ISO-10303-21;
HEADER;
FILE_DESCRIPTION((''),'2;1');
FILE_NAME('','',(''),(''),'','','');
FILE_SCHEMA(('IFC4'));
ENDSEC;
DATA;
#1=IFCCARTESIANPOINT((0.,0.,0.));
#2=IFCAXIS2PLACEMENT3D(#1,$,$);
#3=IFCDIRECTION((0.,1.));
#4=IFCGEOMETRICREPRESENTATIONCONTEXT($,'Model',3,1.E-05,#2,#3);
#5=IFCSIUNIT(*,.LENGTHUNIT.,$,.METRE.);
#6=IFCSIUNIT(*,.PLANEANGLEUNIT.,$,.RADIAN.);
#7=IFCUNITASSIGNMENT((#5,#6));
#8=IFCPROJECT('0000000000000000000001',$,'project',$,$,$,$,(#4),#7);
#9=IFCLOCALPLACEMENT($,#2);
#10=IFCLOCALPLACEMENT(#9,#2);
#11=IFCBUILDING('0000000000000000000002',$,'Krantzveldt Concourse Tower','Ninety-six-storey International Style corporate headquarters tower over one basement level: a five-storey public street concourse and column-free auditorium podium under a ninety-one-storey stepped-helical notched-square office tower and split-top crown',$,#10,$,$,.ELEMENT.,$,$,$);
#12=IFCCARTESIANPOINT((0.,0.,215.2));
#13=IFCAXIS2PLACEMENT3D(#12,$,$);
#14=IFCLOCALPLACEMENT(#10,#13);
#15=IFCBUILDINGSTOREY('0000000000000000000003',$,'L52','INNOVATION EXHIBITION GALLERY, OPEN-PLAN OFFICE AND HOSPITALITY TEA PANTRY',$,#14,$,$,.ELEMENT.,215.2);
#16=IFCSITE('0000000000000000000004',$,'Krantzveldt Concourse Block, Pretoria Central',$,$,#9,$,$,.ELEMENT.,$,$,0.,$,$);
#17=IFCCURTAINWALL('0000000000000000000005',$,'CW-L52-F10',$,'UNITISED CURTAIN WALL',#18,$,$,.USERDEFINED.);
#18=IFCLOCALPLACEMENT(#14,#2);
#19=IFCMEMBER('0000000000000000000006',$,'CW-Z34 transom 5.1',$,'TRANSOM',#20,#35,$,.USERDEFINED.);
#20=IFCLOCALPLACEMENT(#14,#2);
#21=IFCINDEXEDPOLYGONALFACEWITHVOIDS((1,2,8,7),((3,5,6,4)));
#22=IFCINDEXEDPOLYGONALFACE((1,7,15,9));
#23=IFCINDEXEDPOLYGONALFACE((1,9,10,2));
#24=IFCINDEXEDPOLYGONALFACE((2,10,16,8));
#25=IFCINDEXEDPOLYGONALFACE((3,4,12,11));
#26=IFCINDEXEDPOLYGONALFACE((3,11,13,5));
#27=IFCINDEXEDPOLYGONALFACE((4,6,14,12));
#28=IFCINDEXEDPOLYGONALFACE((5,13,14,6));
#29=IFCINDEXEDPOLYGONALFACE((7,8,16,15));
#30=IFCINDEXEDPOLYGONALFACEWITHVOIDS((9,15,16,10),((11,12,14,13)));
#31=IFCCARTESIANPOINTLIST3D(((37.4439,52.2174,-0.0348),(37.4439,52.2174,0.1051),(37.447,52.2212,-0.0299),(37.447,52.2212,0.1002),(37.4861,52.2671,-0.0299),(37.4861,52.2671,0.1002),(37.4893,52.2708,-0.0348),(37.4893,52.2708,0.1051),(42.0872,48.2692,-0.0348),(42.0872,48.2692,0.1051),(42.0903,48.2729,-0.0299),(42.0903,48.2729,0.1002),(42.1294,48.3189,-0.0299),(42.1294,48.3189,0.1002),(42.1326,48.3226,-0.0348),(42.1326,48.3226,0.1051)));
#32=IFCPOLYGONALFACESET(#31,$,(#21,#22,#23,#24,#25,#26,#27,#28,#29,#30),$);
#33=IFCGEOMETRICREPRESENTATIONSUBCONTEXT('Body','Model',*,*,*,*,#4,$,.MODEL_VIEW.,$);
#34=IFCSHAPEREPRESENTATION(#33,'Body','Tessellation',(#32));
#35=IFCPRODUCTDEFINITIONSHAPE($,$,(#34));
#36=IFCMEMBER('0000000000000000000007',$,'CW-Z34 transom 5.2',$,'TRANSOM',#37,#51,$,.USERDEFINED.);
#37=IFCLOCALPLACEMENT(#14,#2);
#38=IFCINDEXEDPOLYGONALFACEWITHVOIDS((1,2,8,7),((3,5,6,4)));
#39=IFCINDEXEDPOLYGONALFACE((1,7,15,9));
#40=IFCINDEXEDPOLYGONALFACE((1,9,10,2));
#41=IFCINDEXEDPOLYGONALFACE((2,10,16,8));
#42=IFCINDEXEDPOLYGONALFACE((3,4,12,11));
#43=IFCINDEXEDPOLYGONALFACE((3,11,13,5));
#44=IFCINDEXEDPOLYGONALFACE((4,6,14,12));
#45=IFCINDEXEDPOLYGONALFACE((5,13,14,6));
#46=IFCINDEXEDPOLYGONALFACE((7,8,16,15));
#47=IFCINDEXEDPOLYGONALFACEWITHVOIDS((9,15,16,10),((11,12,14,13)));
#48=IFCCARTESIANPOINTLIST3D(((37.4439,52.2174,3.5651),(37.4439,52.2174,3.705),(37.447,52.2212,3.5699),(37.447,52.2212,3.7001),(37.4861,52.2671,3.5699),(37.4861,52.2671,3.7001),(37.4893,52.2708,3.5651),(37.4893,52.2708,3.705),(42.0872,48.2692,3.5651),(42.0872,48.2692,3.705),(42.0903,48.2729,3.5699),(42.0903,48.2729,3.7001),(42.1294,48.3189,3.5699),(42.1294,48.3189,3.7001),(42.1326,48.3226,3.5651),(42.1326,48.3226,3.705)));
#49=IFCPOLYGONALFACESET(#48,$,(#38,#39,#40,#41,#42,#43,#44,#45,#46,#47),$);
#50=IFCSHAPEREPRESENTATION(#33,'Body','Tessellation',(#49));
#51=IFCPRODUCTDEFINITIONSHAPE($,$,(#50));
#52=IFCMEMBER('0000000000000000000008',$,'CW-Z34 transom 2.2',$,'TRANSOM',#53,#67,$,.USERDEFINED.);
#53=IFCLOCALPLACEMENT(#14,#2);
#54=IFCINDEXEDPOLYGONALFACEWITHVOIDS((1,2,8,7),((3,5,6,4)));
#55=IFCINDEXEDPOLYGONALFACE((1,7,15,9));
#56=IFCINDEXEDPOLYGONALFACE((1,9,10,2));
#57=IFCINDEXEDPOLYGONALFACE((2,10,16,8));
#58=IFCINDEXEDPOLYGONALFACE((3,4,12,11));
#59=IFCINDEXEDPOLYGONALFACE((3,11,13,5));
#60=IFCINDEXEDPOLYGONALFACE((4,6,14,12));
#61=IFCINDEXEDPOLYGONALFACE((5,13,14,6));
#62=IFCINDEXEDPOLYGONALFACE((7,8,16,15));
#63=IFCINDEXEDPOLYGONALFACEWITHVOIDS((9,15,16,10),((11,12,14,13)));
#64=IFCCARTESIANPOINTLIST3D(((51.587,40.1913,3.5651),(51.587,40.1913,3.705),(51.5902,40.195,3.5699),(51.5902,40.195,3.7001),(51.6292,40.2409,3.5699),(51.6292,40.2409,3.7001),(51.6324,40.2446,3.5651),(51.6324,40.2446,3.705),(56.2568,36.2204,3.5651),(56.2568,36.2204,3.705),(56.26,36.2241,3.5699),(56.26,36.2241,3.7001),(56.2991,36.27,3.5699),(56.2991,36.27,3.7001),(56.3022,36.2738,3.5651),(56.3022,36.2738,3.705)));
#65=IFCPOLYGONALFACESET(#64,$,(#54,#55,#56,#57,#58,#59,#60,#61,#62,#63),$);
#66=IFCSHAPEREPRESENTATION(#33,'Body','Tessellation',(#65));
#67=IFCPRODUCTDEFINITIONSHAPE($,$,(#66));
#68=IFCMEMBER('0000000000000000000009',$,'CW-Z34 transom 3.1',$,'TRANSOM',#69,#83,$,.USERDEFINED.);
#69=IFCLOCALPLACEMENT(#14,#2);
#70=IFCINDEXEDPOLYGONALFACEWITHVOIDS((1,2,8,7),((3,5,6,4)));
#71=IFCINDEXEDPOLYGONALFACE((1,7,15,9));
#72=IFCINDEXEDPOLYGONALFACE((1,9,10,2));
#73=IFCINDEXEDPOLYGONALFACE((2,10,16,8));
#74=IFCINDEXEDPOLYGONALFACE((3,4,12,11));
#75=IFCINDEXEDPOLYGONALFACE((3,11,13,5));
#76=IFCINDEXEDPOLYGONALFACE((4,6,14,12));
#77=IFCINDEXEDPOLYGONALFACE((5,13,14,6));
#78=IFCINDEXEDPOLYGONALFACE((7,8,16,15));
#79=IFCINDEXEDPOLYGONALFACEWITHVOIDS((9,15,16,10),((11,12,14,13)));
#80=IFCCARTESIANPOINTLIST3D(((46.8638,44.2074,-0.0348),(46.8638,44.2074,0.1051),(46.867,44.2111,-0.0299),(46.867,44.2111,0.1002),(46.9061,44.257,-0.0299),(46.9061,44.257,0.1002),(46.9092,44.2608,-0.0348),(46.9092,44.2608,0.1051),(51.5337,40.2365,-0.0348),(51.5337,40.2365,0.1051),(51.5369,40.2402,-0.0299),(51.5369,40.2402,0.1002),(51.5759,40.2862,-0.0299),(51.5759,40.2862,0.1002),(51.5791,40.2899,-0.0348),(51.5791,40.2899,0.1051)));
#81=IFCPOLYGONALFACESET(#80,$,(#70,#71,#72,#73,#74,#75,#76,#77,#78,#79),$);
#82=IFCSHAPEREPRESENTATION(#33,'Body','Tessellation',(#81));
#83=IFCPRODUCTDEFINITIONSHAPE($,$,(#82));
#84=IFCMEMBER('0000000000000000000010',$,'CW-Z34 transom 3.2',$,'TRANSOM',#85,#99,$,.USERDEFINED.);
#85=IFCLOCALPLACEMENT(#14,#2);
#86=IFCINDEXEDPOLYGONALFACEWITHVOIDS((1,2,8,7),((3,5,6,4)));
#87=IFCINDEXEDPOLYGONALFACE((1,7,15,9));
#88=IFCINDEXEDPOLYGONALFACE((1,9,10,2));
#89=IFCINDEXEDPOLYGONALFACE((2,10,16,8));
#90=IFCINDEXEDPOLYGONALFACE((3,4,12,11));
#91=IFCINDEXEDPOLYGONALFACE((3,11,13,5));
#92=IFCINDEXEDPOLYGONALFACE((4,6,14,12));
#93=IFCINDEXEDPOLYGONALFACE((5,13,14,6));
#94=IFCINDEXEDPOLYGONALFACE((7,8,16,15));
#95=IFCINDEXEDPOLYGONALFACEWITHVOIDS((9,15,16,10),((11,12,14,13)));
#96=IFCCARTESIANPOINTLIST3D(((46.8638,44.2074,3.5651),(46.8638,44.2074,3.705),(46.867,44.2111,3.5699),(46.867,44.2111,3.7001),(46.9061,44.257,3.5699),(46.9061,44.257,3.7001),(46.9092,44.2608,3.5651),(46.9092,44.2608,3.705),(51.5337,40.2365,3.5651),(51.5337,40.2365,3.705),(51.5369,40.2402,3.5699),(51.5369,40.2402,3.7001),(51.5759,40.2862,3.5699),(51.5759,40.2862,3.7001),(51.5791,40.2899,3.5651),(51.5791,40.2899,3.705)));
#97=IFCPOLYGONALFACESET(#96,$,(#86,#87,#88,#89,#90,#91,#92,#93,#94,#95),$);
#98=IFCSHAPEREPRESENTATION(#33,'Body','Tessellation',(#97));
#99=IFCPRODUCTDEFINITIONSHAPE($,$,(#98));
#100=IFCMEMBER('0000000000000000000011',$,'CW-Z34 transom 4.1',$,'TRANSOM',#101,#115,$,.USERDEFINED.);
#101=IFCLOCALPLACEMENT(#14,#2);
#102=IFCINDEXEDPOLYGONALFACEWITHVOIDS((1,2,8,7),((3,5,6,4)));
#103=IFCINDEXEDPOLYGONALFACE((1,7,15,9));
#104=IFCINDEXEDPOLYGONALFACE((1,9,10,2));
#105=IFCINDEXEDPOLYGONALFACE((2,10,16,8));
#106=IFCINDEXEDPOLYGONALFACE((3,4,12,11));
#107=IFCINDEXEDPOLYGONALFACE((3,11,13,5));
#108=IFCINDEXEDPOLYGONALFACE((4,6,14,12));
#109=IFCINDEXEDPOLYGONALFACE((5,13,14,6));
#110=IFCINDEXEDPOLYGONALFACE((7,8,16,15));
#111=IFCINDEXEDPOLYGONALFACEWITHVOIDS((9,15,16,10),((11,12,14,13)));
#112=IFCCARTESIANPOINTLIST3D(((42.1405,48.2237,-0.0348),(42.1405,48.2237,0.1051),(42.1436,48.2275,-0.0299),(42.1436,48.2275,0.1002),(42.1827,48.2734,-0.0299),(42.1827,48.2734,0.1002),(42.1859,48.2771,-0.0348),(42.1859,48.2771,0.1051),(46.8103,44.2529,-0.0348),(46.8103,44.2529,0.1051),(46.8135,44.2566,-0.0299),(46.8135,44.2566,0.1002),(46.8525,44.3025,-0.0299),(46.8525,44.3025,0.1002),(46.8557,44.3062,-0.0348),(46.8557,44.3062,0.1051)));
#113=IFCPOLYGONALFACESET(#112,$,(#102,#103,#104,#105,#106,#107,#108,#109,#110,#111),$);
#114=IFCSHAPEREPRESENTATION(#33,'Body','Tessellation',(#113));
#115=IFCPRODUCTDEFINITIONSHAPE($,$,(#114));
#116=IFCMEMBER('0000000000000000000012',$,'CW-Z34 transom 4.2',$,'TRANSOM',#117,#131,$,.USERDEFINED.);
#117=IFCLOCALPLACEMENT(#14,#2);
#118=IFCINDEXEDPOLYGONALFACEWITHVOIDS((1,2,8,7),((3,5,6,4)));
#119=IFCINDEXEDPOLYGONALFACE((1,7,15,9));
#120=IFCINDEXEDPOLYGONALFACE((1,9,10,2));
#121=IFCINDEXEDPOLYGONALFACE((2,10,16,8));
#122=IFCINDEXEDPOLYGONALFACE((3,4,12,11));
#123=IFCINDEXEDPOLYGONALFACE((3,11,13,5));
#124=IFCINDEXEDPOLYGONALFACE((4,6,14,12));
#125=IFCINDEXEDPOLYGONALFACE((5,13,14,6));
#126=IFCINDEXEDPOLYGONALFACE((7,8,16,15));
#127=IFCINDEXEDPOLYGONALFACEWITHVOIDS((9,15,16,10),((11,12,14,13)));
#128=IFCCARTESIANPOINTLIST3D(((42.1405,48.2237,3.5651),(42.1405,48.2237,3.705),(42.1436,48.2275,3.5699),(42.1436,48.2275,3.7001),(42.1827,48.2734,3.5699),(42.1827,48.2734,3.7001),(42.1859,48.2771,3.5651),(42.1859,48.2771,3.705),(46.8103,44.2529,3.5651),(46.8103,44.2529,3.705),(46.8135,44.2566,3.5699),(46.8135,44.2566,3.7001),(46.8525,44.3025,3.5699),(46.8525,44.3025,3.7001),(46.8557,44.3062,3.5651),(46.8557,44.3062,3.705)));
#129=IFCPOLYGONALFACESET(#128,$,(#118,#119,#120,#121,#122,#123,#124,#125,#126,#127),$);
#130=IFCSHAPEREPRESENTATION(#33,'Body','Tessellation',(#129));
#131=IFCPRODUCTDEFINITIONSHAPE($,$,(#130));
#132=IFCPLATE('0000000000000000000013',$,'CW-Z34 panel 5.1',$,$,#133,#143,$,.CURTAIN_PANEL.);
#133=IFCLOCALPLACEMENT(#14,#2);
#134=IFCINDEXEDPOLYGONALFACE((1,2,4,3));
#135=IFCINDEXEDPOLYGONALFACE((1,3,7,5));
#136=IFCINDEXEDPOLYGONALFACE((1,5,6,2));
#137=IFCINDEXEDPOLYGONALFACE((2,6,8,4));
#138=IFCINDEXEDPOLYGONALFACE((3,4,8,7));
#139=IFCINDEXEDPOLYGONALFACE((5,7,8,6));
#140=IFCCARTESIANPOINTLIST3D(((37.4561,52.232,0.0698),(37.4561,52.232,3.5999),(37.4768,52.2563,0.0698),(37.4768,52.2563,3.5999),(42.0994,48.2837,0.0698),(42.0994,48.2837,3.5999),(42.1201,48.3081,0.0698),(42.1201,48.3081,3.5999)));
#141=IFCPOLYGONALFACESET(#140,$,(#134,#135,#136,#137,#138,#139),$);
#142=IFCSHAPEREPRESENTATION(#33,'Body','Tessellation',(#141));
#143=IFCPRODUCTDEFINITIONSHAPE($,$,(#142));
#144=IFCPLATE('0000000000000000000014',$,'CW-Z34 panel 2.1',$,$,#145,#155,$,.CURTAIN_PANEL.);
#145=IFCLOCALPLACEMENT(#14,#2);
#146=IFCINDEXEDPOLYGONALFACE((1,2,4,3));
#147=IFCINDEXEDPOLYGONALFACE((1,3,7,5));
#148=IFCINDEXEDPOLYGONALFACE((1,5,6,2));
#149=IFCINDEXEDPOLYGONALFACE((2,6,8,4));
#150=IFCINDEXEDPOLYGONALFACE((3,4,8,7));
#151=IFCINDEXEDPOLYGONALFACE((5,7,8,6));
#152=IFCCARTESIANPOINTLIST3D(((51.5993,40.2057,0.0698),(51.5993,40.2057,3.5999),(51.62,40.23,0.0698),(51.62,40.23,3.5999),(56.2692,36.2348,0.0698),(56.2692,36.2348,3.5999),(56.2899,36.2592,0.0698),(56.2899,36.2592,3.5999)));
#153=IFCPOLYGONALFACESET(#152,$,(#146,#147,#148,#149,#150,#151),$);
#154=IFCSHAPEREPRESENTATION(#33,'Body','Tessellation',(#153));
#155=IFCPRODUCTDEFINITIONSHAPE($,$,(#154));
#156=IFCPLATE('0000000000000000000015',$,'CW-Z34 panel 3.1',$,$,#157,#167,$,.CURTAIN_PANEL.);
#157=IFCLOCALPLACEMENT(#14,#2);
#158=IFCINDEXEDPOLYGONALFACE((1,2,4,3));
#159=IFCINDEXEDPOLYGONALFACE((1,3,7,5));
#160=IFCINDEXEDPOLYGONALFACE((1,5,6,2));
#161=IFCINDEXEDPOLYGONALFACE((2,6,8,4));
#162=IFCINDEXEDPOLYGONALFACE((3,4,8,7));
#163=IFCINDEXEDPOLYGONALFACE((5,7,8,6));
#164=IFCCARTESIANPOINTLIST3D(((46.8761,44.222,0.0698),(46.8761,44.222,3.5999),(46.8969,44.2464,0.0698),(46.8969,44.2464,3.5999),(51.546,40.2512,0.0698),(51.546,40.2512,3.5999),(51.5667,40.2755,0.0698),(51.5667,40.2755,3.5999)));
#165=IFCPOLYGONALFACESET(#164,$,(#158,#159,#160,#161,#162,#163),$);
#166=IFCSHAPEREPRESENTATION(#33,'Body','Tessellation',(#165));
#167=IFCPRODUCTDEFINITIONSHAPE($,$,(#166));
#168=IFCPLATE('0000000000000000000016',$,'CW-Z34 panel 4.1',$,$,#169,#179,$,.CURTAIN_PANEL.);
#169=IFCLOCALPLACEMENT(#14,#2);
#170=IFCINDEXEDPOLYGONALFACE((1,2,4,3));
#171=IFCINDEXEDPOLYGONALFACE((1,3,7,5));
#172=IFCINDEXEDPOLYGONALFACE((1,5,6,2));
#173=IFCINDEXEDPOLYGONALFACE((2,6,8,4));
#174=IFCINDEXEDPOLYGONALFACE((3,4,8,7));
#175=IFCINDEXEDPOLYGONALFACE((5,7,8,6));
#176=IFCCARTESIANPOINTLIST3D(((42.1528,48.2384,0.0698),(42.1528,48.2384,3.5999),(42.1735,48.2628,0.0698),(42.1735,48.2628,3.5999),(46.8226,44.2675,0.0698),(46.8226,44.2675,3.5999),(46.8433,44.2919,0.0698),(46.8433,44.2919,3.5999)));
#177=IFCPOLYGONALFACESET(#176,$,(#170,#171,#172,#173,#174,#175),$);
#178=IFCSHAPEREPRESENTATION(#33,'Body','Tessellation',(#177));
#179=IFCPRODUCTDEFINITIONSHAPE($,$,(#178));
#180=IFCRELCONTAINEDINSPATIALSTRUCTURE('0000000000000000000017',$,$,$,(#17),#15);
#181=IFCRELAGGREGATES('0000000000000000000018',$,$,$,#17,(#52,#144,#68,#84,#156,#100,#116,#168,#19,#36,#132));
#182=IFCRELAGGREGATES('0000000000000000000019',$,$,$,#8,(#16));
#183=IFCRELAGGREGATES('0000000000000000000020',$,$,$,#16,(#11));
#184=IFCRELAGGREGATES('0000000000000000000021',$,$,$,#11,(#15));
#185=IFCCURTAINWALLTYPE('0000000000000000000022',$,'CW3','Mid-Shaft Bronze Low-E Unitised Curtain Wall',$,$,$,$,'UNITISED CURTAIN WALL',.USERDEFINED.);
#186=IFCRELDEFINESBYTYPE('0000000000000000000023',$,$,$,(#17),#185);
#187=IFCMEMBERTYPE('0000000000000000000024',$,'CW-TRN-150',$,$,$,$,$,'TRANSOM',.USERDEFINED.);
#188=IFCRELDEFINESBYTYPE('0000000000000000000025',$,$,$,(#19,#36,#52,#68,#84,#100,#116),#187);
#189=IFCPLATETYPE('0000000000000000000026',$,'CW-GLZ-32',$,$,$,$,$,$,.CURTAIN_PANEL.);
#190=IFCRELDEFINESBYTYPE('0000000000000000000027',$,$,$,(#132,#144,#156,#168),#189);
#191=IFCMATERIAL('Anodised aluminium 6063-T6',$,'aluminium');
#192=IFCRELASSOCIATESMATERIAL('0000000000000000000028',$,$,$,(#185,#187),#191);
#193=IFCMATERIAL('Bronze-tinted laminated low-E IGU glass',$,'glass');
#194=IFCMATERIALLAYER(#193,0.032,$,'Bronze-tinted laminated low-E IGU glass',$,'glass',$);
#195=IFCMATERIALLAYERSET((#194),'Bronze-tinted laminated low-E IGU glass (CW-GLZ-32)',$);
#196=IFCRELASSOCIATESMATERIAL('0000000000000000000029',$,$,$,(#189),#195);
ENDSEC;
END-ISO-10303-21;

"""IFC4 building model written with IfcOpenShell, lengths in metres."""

from ifc_helpers import new_model, si_unit, direction, frame, origin, origin_2d, place, context, subcontext, project, spatial, rectangle, hollow_rectangle, extrude, source, transform, mapped, material, layer, layer_set, material_profile, profile_set, type_object, type_shapes, element, aggregate, save


model = new_model("IFC4")

# Units and contexts
model_context = context("Model", 3, precision=1e-05, world=origin(), true_north=direction((0.0, 1.0)))
body_context = subcontext(model_context, "Body", "Model", "MODEL_VIEW")
ifc_project = project(units=[si_unit("LENGTHUNIT", "METRE"), si_unit("PLANEANGLEUNIT", "RADIAN")], contexts=[model_context])

# Site, building, storey
site_placement = place(None, origin())
site = spatial("IfcSite", under=ifc_project, at=site_placement, Name="Krantzveldt Concourse Block, Pretoria Central", CompositionType="ELEMENT", RefElevation=0.0)
building_placement = place(site_placement, origin())
building = spatial("IfcBuilding", under=site, at=building_placement, Name="Krantzveldt Concourse Tower", Description="Ninety-six-storey International Style corporate headquarters tower over one basement level: a five-storey public street concourse and column-free auditorium podium under a ninety-one-storey stepped-helical notched-square office tower and split-top crown", CompositionType="ELEMENT")
storey_placement = place(building_placement, frame((0.0, 0.0, 215.2)))
storey = spatial("IfcBuildingStorey", under=building, at=storey_placement, Name="L52", Description="INNOVATION EXHIBITION GALLERY, OPEN-PLAN OFFICE AND HOSPITALITY TEA PANTRY", CompositionType="ELEMENT", Elevation=215.2)

# Curtain wall, members, plates
ifc_material_1 = material(Name="Anodised aluminium 6063-T6", Category="aluminium")
curtain_wall_type = type_object("IfcCurtainWallType", Name="CW3", Description="Mid-Shaft Bronze Low-E Unitised Curtain Wall", ElementType="UNITISED CURTAIN WALL", PredefinedType="USERDEFINED", material=ifc_material_1)
curtain_wall_placement = place(storey_placement, origin())
curtain_wall = element("IfcCurtainWall", 1, at=curtain_wall_placement, inside=storey, type_object=curtain_wall_type, Name="CW-L52-F10", ObjectType="UNITISED CURTAIN WALL", PredefinedType="USERDEFINED")
ifc_material_profile_1 = material_profile(ifc_material_1, hollow_rectangle(XDim=0.0701, YDim=0.1399, WallThickness=0.0049, at=origin_2d()), Name="Anodised aluminium 6063-T6", Category="aluminium")
ifc_profile_set_1 = profile_set([ifc_material_profile_1], Name="Anodised aluminium 6063-T6 - ALU-TRAN 140x70x5")
member_type_1 = type_object("IfcMemberType", Name="CW-TRN-150", ElementType="TRANSOM", PredefinedType="USERDEFINED", material=ifc_profile_set_1)
shared_shape_1 = source(origin(), body_context, "Body", "SweptSolid", [
    extrude(hollow_rectangle(XDim=0.0701, YDim=0.1399, WallThickness=0.0049, at=origin_2d()), origin(), (0.0, 0.0, 1.0), 6.095),
])
member_1_placement = place(storey_placement, frame((42.1099, 48.2959, 0.0352), z_axis=(-0.761824, 0.647784, 0.0), x_axis=(-0.647784, -0.761824, 0.0)))
member_1 = element("IfcMember", 2, at=member_1_placement, type_object=member_type_1, Name="CW-Z34 transom 5.1", ObjectType="TRANSOM", PredefinedType="USERDEFINED", context=body_context, shape_type="MappedRepresentation", body=[
    mapped(shared_shape_1, transform((0.0, 0.0, 0.0), x_axis=(1.0, 0.0, 0.0), y_axis=(0.0, 1.0, 0.0), z_axis=(0.0, 0.0, 1.0), scale=1.0)),
])
member_2_placement = place(storey_placement, frame((42.1099, 48.2959, 3.635), z_axis=(-0.761824, 0.647784, 0.0), x_axis=(-0.647784, -0.761824, 0.0)))
member_2 = element("IfcMember", 3, at=member_2_placement, type_object=member_type_1, Name="CW-Z34 transom 5.2", ObjectType="TRANSOM", PredefinedType="USERDEFINED", context=body_context, shape_type="MappedRepresentation", body=[
    mapped(shared_shape_1, transform((0.0, 0.0, 0.0), x_axis=(1.0, 0.0, 0.0), y_axis=(0.0, 1.0, 0.0), z_axis=(0.0, 0.0, 1.0), scale=1.0)),
])
shared_shape_2 = source(origin(), body_context, "Body", "SweptSolid", [
    extrude(hollow_rectangle(XDim=0.0701, YDim=0.1399, WallThickness=0.0049, at=origin_2d()), origin(), (0.0, 0.0, 1.0), 6.1299),
])
type_shapes(member_type_1, [shared_shape_1, shared_shape_2])
member_3_placement = place(storey_placement, frame((56.2795, 36.2471, 3.635), z_axis=(-0.761817, 0.647792, 0.0), x_axis=(-0.647792, -0.761817, 0.0)))
member_3 = element("IfcMember", 4, at=member_3_placement, type_object=member_type_1, Name="CW-Z34 transom 2.2", ObjectType="TRANSOM", PredefinedType="USERDEFINED", context=body_context, shape_type="MappedRepresentation", body=[
    mapped(shared_shape_2, transform((0.0, 0.0, 0.0), x_axis=(1.0, 0.0, 0.0), y_axis=(0.0, 1.0, 0.0), z_axis=(0.0, 0.0, 1.0), scale=1.0)),
])
member_4_placement = place(storey_placement, frame((51.5564, 40.2632, 0.0352), z_axis=(-0.761817, 0.647792, 0.0), x_axis=(-0.647792, -0.761817, 0.0)))
member_4 = element("IfcMember", 5, at=member_4_placement, type_object=member_type_1, Name="CW-Z34 transom 3.1", ObjectType="TRANSOM", PredefinedType="USERDEFINED", context=body_context, shape_type="MappedRepresentation", body=[
    mapped(shared_shape_2, transform((0.0, 0.0, 0.0), x_axis=(1.0, 0.0, 0.0), y_axis=(0.0, 1.0, 0.0), z_axis=(0.0, 0.0, 1.0), scale=1.0)),
])
member_5_placement = place(storey_placement, frame((51.5564, 40.2632, 3.635), z_axis=(-0.761817, 0.647792, 0.0), x_axis=(-0.647792, -0.761817, 0.0)))
member_5 = element("IfcMember", 6, at=member_5_placement, type_object=member_type_1, Name="CW-Z34 transom 3.2", ObjectType="TRANSOM", PredefinedType="USERDEFINED", context=body_context, shape_type="MappedRepresentation", body=[
    mapped(shared_shape_2, transform((0.0, 0.0, 0.0), x_axis=(1.0, 0.0, 0.0), y_axis=(0.0, 1.0, 0.0), z_axis=(0.0, 0.0, 1.0), scale=1.0)),
])
member_6_placement = place(storey_placement, frame((46.833, 44.2795, 0.0352), z_axis=(-0.761817, 0.647792, 0.0), x_axis=(-0.647792, -0.761817, 0.0)))
member_6 = element("IfcMember", 7, at=member_6_placement, type_object=member_type_1, Name="CW-Z34 transom 4.1", ObjectType="TRANSOM", PredefinedType="USERDEFINED", context=body_context, shape_type="MappedRepresentation", body=[
    mapped(shared_shape_2, transform((0.0, 0.0, 0.0), x_axis=(1.0, 0.0, 0.0), y_axis=(0.0, 1.0, 0.0), z_axis=(0.0, 0.0, 1.0), scale=1.0)),
])
member_7_placement = place(storey_placement, frame((46.833, 44.2795, 3.635), z_axis=(-0.761817, 0.647792, 0.0), x_axis=(-0.647792, -0.761817, 0.0)))
member_7 = element("IfcMember", 8, at=member_7_placement, type_object=member_type_1, Name="CW-Z34 transom 4.2", ObjectType="TRANSOM", PredefinedType="USERDEFINED", context=body_context, shape_type="MappedRepresentation", body=[
    mapped(shared_shape_2, transform((0.0, 0.0, 0.0), x_axis=(1.0, 0.0, 0.0), y_axis=(0.0, 1.0, 0.0), z_axis=(0.0, 0.0, 1.0), scale=1.0)),
])
ifc_material_2 = material(Name="Bronze-tinted laminated low-E IGU glass", Category="glass")
ifc_layer_1 = layer(ifc_material_2, 0.032, Name="Bronze-tinted laminated low-E IGU glass", Category="glass")
ifc_layer_set_1 = layer_set([ifc_layer_1], Name="Bronze-tinted laminated low-E IGU glass (CW-GLZ-32)")
plate_type = type_object("IfcPlateType", Name="CW-GLZ-32", PredefinedType="CURTAIN_PANEL", material=ifc_layer_set_1)
shared_shape_3 = source(origin(), body_context, "Body", "SweptSolid", [
    extrude(rectangle(XDim=6.095, YDim=0.032, at=origin_2d()), origin(), (0.0, 0.0, 1.0), 3.53),
])
plate_1_placement = place(storey_placement, frame((39.7881, 50.27, 0.0698), z_axis=(0.0, 0.0, 1.0), x_axis=(-0.761821, 0.647788, 0.0)))
plate_1 = element("IfcPlate", 9, at=plate_1_placement, type_object=plate_type, Name="CW-Z34 panel 5.1", PredefinedType="CURTAIN_PANEL", context=body_context, shape_type="MappedRepresentation", body=[
    mapped(shared_shape_3, transform((0.0, 0.0, 0.0), x_axis=(1.0, 0.0, 0.0), y_axis=(0.0, 1.0, 0.0), z_axis=(0.0, 0.0, 1.0), scale=1.0)),
])
shared_shape_4 = source(origin(), body_context, "Body", "SweptSolid", [
    extrude(rectangle(XDim=6.1299, YDim=0.032, at=origin_2d()), origin(), (0.0, 0.0, 1.0), 3.53),
])
type_shapes(plate_type, [shared_shape_3, shared_shape_4])
plate_2_placement = place(storey_placement, frame((53.9446, 38.2324, 0.0698), z_axis=(0.0, 0.0, 1.0), x_axis=(-0.761821, 0.647788, 0.0)))
plate_2 = element("IfcPlate", 10, at=plate_2_placement, type_object=plate_type, Name="CW-Z34 panel 2.1", PredefinedType="CURTAIN_PANEL", context=body_context, shape_type="MappedRepresentation", body=[
    mapped(shared_shape_4, transform((0.0, 0.0, 0.0), x_axis=(1.0, 0.0, 0.0), y_axis=(0.0, 1.0, 0.0), z_axis=(0.0, 0.0, 1.0), scale=1.0)),
])
plate_3_placement = place(storey_placement, frame((49.2214, 42.2488, 0.0698), z_axis=(0.0, 0.0, 1.0), x_axis=(-0.761821, 0.647788, 0.0)))
plate_3 = element("IfcPlate", 11, at=plate_3_placement, type_object=plate_type, Name="CW-Z34 panel 3.1", PredefinedType="CURTAIN_PANEL", context=body_context, shape_type="MappedRepresentation", body=[
    mapped(shared_shape_4, transform((0.0, 0.0, 0.0), x_axis=(1.0, 0.0, 0.0), y_axis=(0.0, 1.0, 0.0), z_axis=(0.0, 0.0, 1.0), scale=1.0)),
])
plate_4_placement = place(storey_placement, frame((44.498, 46.2651, 0.0698), z_axis=(0.0, 0.0, 1.0), x_axis=(-0.761821, 0.647788, 0.0)))
plate_4 = element("IfcPlate", 12, at=plate_4_placement, type_object=plate_type, Name="CW-Z34 panel 4.1", PredefinedType="CURTAIN_PANEL", context=body_context, shape_type="MappedRepresentation", body=[
    mapped(shared_shape_4, transform((0.0, 0.0, 0.0), x_axis=(1.0, 0.0, 0.0), y_axis=(0.0, 1.0, 0.0), z_axis=(0.0, 0.0, 1.0), scale=1.0)),
])
aggregate(curtain_wall, [member_3, plate_2, member_4, member_5, plate_3, member_6, member_7, plate_4, member_1, member_2, plate_1])

save(model, "model.ifc")
